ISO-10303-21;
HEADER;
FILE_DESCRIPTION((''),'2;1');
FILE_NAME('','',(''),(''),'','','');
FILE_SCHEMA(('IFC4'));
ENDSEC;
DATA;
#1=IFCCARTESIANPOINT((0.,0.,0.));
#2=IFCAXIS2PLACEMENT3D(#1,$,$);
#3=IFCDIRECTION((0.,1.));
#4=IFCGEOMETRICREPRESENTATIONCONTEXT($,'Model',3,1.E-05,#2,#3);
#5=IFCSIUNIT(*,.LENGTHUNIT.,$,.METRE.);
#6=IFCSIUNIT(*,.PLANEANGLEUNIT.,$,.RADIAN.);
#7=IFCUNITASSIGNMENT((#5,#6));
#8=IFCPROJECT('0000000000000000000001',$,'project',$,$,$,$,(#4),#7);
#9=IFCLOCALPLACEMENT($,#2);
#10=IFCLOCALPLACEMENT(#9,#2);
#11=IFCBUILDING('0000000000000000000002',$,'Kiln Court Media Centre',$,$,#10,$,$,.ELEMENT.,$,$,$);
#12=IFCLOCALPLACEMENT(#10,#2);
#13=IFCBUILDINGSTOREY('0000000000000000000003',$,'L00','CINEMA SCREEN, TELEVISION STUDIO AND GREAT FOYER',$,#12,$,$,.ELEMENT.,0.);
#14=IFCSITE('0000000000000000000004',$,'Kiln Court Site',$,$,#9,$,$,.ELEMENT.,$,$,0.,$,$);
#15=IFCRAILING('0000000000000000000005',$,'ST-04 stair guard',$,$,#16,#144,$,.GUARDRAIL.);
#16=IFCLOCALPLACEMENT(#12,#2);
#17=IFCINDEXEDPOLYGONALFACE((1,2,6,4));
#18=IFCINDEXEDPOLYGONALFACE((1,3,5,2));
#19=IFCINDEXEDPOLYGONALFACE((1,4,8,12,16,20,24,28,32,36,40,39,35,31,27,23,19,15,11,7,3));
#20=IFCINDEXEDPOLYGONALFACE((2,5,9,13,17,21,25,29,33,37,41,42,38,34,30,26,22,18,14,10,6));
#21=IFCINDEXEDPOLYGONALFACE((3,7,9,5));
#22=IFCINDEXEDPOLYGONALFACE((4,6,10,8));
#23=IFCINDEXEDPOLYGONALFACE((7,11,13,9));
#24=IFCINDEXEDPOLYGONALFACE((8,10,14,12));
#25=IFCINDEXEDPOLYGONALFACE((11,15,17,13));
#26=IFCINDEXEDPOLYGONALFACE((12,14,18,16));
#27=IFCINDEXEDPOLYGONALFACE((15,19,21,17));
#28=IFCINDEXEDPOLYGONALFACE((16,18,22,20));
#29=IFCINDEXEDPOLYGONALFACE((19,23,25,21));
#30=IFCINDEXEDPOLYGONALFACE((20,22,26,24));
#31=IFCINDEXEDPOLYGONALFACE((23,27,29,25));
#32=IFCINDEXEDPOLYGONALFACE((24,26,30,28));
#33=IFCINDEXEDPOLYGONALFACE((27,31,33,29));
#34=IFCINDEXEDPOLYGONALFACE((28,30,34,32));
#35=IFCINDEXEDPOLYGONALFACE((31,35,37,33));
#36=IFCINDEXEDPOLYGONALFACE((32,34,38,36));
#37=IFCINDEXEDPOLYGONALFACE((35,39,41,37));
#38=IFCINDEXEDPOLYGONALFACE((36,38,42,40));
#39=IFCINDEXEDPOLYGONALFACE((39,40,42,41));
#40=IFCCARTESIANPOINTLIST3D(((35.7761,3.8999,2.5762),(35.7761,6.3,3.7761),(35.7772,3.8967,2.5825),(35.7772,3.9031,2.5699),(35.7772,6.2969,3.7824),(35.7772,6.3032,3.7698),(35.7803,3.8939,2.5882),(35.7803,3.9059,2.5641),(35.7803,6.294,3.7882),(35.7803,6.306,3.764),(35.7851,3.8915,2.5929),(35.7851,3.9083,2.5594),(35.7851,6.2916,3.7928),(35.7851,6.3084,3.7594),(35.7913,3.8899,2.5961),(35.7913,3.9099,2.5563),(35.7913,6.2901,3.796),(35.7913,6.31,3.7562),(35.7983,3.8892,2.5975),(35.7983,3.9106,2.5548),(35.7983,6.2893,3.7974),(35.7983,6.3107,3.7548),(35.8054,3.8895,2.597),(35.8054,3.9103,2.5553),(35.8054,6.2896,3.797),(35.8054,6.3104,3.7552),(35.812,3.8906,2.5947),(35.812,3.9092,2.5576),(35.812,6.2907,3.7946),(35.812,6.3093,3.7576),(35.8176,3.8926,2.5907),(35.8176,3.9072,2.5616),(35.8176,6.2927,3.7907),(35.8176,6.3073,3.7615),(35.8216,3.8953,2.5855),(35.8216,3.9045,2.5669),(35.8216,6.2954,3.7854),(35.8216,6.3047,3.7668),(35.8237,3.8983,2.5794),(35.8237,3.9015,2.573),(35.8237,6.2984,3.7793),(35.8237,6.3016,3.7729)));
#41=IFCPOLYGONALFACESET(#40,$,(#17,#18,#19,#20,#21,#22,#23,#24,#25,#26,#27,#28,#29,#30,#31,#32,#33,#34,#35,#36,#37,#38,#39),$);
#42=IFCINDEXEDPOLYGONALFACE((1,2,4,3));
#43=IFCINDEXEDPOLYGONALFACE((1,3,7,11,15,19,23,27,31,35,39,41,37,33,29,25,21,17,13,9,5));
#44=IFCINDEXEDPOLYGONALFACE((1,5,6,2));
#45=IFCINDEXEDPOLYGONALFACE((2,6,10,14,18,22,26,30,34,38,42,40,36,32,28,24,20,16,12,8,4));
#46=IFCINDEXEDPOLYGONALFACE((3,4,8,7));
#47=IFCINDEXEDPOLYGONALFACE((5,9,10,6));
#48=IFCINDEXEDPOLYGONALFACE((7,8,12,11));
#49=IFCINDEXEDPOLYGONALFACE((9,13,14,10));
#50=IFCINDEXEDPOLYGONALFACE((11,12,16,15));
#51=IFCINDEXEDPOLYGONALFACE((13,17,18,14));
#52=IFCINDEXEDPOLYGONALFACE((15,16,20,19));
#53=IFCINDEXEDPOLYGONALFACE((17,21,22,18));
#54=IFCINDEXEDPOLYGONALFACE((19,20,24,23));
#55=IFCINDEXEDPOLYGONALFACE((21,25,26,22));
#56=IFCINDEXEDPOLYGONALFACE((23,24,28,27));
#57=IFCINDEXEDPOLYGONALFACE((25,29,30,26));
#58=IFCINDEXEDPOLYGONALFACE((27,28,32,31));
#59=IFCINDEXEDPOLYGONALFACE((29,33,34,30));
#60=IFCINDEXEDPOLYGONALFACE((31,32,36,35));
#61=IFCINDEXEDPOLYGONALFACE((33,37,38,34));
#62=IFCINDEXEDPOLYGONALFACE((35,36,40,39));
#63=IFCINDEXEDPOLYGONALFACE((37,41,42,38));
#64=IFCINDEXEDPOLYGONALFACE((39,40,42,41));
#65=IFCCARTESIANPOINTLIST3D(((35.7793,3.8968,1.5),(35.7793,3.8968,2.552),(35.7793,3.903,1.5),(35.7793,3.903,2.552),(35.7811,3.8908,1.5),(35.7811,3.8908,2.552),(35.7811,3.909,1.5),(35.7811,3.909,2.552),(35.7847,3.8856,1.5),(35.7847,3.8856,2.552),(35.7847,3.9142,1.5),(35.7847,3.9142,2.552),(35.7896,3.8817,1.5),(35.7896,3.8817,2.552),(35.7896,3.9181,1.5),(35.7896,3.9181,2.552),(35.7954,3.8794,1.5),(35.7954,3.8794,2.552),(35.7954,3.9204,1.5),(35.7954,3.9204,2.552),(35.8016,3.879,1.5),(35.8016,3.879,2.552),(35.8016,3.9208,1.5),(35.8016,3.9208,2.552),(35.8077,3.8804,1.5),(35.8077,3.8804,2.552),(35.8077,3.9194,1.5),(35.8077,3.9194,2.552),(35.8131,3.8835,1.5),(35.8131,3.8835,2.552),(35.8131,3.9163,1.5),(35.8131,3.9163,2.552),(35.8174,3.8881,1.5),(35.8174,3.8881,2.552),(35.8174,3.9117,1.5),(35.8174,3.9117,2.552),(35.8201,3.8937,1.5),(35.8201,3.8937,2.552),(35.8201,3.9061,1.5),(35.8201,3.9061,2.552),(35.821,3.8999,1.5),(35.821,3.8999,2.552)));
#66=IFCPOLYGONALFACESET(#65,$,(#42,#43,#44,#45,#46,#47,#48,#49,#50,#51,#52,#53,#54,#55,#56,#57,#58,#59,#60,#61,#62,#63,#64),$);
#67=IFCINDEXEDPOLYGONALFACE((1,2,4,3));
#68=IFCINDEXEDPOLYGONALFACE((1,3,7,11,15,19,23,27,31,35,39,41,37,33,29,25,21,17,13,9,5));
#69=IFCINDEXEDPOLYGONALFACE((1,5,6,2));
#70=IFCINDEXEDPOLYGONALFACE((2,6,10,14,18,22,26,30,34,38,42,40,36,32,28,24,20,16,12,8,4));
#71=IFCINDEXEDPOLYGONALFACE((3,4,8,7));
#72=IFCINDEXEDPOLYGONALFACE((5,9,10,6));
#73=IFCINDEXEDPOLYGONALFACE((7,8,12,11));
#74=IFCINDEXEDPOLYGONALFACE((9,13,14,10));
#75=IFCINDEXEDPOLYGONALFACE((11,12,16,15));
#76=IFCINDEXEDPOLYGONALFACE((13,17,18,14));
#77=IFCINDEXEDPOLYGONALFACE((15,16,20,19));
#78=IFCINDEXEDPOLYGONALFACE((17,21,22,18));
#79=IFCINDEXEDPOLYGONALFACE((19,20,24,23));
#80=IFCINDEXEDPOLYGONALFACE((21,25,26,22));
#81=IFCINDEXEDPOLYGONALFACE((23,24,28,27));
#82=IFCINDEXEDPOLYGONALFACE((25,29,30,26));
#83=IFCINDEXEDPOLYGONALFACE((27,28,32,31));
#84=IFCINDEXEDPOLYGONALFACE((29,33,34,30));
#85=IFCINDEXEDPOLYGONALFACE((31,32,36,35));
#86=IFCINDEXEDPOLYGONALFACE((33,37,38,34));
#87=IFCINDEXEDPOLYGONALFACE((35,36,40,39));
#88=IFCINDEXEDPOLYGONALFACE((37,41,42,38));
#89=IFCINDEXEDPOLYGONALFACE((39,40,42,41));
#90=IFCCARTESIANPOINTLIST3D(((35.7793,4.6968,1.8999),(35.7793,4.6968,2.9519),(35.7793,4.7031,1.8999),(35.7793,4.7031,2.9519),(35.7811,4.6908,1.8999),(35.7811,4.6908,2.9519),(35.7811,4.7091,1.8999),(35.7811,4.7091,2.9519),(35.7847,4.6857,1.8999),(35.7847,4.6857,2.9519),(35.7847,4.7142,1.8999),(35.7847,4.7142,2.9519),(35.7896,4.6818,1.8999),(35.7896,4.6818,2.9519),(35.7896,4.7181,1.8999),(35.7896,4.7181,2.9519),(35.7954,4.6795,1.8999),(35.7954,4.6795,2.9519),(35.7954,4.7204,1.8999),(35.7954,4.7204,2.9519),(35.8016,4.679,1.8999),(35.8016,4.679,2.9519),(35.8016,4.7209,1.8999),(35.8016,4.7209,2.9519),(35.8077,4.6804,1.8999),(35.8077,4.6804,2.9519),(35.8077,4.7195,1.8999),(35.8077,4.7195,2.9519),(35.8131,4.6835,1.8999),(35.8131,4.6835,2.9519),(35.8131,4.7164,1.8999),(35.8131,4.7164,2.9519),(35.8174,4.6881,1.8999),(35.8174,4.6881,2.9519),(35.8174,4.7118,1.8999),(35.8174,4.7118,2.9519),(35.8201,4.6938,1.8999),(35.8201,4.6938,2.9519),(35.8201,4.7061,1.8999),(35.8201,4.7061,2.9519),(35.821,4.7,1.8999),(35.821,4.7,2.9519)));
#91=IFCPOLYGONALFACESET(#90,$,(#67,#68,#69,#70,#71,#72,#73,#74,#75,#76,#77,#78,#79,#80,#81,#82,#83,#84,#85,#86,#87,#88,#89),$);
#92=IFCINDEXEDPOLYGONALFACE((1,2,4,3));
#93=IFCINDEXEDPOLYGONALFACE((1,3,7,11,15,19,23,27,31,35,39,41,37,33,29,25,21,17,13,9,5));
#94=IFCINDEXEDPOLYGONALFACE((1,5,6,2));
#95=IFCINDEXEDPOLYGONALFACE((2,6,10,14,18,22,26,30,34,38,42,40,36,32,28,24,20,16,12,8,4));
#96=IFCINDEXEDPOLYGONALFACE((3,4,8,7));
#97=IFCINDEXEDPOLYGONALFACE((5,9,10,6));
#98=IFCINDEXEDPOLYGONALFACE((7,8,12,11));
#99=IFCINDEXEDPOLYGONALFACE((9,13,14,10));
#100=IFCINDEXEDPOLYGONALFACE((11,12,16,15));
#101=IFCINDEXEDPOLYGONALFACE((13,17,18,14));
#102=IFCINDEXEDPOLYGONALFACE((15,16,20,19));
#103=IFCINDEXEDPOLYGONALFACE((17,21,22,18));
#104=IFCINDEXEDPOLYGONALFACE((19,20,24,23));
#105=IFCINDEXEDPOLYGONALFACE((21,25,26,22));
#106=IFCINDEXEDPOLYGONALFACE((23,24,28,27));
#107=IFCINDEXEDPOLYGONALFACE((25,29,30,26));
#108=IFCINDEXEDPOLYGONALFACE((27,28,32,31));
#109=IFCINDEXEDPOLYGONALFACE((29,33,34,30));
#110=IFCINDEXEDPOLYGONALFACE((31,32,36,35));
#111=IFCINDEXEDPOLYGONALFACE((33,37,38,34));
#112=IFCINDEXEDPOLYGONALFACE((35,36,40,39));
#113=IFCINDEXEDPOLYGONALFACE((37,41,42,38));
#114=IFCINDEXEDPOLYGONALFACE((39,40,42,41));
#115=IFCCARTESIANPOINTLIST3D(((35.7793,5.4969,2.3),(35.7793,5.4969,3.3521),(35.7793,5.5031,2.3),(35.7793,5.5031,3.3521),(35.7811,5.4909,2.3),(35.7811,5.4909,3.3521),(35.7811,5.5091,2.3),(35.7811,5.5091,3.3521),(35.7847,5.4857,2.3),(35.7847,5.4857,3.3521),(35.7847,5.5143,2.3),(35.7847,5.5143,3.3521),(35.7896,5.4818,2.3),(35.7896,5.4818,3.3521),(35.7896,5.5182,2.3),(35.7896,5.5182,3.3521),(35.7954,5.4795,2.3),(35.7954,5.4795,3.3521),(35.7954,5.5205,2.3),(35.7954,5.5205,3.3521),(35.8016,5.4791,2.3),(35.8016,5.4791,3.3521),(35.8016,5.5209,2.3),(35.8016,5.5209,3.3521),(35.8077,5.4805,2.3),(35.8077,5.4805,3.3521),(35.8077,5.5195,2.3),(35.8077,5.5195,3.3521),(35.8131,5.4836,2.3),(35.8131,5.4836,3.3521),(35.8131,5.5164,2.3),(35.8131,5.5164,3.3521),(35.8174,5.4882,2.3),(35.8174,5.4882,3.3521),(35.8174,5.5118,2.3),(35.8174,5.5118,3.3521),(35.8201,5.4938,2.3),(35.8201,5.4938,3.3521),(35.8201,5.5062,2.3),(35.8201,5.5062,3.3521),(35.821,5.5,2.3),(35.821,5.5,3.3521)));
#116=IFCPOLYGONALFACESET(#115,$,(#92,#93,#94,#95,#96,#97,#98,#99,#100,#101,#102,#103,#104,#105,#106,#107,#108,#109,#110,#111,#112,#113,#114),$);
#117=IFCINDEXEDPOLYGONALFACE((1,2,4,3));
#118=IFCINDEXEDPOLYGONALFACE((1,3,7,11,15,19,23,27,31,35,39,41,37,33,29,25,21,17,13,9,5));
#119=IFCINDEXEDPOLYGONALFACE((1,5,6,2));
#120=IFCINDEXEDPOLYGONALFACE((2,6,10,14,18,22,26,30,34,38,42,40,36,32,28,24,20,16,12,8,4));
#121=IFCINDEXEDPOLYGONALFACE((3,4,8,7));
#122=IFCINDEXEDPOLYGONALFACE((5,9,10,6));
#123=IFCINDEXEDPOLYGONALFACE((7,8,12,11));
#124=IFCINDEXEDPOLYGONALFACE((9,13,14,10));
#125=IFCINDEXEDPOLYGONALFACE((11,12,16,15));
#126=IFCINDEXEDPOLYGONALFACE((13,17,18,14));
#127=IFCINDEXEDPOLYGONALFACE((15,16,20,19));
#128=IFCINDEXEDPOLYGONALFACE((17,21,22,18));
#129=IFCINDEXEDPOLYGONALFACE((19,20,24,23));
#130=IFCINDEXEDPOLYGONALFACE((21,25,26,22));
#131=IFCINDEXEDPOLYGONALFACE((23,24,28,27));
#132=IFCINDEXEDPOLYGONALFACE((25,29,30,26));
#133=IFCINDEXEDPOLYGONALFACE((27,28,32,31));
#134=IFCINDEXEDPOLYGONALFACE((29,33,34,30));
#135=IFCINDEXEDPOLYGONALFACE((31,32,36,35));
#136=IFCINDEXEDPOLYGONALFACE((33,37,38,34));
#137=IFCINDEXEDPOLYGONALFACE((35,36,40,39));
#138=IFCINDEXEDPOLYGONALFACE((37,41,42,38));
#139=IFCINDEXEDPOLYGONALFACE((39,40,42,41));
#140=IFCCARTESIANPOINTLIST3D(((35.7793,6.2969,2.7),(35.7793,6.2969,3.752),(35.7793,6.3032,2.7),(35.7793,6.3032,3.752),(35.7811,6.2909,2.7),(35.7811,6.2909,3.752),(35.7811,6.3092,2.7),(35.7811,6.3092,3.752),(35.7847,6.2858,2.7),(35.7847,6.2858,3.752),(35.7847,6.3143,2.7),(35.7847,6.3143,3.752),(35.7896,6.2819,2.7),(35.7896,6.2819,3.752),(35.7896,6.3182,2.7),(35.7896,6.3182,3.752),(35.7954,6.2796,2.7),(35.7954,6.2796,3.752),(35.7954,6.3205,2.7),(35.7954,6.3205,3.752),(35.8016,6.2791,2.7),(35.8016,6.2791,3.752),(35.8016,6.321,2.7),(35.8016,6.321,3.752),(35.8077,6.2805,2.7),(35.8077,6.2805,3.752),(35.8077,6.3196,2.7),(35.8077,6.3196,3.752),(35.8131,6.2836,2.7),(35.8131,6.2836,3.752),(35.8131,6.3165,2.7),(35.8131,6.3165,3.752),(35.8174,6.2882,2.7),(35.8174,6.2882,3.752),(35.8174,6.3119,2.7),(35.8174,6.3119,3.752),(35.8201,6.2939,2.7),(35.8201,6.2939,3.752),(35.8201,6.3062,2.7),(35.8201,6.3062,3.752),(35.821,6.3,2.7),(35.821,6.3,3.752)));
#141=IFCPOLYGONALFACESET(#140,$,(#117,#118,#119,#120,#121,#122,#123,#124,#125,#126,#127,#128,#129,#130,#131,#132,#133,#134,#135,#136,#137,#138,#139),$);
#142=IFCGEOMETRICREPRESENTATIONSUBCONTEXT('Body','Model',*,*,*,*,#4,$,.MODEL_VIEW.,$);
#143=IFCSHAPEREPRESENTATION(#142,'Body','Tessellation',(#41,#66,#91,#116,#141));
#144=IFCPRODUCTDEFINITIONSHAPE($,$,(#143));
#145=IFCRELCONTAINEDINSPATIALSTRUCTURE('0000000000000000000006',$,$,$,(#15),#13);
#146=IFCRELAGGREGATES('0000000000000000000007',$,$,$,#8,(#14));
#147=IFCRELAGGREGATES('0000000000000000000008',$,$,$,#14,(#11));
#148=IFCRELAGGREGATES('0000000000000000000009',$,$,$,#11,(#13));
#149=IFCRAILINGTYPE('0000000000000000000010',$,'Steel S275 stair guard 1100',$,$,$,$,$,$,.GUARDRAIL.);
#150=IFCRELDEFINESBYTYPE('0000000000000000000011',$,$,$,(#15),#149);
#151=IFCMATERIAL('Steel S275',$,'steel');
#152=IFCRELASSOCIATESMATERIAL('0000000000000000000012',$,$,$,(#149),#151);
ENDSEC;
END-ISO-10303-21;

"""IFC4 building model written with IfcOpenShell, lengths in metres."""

from ifc_helpers import new_model, si_unit, direction, frame, origin, origin_2d, place, context, subcontext, project, spatial, circle, extrude, material, type_object, element, save


model = new_model("IFC4")

# Units and contexts
model_context = context("Model", 3, precision=1e-05, world=origin(), true_north=direction((0.0, 1.0)))
body_context = subcontext(model_context, "Body", "Model", "MODEL_VIEW")
ifc_project = project(units=[si_unit("LENGTHUNIT", "METRE"), si_unit("PLANEANGLEUNIT", "RADIAN")], contexts=[model_context])

# Site, building, storey
site_placement = place(None, origin())
site = spatial("IfcSite", under=ifc_project, at=site_placement, Name="Kiln Court Site", CompositionType="ELEMENT", RefElevation=0.0)
building_placement = place(site_placement, origin())
building = spatial("IfcBuilding", under=site, at=building_placement, Name="Kiln Court Media Centre", CompositionType="ELEMENT")
storey_placement = place(building_placement, origin())
storey = spatial("IfcBuildingStorey", under=building, at=storey_placement, Name="L00", Description="CINEMA SCREEN, TELEVISION STUDIO AND GREAT FOYER", CompositionType="ELEMENT", Elevation=0.0)

# Railing
ifc_material_1 = material(Name="Steel S275", Category="steel")
railing_type_1 = type_object("IfcRailingType", Name="Steel S275 stair guard 1100", PredefinedType="GUARDRAIL", material=ifc_material_1)
railing_1_placement = place(storey_placement, frame((35.8, 3.8999, 1.5)))
element("IfcRailing", 1, at=railing_1_placement, inside=storey, type_object=railing_type_1, Name="ST-04 stair guard", PredefinedType="GUARDRAIL", context=body_context, shape_type="SweptSolid", body=[
    extrude(circle(Radius=0.0239, at=origin_2d()), frame((0.0, 0.0, 1.0762), z_axis=(0.0, 0.894445, 0.447177), x_axis=(-1.0, 0.0, 0.0)), (0.0, 0.0, 1.0), 2.6833),
    extrude(circle(Radius=0.021, at=origin_2d()), origin(), (0.0, 0.0, 1.0), 1.052),
    extrude(circle(Radius=0.021, at=origin_2d()), frame((0.0, 0.8, 0.3999)), (0.0, 0.0, 1.0), 1.052),
    extrude(circle(Radius=0.021, at=origin_2d()), frame((0.0, 1.6001, 0.8)), (0.0, 0.0, 1.0), 1.052),
    extrude(circle(Radius=0.021, at=origin_2d()), frame((0.0, 2.4001, 1.2)), (0.0, 0.0, 1.0), 1.052),
])

save(model, "model.ifc")
